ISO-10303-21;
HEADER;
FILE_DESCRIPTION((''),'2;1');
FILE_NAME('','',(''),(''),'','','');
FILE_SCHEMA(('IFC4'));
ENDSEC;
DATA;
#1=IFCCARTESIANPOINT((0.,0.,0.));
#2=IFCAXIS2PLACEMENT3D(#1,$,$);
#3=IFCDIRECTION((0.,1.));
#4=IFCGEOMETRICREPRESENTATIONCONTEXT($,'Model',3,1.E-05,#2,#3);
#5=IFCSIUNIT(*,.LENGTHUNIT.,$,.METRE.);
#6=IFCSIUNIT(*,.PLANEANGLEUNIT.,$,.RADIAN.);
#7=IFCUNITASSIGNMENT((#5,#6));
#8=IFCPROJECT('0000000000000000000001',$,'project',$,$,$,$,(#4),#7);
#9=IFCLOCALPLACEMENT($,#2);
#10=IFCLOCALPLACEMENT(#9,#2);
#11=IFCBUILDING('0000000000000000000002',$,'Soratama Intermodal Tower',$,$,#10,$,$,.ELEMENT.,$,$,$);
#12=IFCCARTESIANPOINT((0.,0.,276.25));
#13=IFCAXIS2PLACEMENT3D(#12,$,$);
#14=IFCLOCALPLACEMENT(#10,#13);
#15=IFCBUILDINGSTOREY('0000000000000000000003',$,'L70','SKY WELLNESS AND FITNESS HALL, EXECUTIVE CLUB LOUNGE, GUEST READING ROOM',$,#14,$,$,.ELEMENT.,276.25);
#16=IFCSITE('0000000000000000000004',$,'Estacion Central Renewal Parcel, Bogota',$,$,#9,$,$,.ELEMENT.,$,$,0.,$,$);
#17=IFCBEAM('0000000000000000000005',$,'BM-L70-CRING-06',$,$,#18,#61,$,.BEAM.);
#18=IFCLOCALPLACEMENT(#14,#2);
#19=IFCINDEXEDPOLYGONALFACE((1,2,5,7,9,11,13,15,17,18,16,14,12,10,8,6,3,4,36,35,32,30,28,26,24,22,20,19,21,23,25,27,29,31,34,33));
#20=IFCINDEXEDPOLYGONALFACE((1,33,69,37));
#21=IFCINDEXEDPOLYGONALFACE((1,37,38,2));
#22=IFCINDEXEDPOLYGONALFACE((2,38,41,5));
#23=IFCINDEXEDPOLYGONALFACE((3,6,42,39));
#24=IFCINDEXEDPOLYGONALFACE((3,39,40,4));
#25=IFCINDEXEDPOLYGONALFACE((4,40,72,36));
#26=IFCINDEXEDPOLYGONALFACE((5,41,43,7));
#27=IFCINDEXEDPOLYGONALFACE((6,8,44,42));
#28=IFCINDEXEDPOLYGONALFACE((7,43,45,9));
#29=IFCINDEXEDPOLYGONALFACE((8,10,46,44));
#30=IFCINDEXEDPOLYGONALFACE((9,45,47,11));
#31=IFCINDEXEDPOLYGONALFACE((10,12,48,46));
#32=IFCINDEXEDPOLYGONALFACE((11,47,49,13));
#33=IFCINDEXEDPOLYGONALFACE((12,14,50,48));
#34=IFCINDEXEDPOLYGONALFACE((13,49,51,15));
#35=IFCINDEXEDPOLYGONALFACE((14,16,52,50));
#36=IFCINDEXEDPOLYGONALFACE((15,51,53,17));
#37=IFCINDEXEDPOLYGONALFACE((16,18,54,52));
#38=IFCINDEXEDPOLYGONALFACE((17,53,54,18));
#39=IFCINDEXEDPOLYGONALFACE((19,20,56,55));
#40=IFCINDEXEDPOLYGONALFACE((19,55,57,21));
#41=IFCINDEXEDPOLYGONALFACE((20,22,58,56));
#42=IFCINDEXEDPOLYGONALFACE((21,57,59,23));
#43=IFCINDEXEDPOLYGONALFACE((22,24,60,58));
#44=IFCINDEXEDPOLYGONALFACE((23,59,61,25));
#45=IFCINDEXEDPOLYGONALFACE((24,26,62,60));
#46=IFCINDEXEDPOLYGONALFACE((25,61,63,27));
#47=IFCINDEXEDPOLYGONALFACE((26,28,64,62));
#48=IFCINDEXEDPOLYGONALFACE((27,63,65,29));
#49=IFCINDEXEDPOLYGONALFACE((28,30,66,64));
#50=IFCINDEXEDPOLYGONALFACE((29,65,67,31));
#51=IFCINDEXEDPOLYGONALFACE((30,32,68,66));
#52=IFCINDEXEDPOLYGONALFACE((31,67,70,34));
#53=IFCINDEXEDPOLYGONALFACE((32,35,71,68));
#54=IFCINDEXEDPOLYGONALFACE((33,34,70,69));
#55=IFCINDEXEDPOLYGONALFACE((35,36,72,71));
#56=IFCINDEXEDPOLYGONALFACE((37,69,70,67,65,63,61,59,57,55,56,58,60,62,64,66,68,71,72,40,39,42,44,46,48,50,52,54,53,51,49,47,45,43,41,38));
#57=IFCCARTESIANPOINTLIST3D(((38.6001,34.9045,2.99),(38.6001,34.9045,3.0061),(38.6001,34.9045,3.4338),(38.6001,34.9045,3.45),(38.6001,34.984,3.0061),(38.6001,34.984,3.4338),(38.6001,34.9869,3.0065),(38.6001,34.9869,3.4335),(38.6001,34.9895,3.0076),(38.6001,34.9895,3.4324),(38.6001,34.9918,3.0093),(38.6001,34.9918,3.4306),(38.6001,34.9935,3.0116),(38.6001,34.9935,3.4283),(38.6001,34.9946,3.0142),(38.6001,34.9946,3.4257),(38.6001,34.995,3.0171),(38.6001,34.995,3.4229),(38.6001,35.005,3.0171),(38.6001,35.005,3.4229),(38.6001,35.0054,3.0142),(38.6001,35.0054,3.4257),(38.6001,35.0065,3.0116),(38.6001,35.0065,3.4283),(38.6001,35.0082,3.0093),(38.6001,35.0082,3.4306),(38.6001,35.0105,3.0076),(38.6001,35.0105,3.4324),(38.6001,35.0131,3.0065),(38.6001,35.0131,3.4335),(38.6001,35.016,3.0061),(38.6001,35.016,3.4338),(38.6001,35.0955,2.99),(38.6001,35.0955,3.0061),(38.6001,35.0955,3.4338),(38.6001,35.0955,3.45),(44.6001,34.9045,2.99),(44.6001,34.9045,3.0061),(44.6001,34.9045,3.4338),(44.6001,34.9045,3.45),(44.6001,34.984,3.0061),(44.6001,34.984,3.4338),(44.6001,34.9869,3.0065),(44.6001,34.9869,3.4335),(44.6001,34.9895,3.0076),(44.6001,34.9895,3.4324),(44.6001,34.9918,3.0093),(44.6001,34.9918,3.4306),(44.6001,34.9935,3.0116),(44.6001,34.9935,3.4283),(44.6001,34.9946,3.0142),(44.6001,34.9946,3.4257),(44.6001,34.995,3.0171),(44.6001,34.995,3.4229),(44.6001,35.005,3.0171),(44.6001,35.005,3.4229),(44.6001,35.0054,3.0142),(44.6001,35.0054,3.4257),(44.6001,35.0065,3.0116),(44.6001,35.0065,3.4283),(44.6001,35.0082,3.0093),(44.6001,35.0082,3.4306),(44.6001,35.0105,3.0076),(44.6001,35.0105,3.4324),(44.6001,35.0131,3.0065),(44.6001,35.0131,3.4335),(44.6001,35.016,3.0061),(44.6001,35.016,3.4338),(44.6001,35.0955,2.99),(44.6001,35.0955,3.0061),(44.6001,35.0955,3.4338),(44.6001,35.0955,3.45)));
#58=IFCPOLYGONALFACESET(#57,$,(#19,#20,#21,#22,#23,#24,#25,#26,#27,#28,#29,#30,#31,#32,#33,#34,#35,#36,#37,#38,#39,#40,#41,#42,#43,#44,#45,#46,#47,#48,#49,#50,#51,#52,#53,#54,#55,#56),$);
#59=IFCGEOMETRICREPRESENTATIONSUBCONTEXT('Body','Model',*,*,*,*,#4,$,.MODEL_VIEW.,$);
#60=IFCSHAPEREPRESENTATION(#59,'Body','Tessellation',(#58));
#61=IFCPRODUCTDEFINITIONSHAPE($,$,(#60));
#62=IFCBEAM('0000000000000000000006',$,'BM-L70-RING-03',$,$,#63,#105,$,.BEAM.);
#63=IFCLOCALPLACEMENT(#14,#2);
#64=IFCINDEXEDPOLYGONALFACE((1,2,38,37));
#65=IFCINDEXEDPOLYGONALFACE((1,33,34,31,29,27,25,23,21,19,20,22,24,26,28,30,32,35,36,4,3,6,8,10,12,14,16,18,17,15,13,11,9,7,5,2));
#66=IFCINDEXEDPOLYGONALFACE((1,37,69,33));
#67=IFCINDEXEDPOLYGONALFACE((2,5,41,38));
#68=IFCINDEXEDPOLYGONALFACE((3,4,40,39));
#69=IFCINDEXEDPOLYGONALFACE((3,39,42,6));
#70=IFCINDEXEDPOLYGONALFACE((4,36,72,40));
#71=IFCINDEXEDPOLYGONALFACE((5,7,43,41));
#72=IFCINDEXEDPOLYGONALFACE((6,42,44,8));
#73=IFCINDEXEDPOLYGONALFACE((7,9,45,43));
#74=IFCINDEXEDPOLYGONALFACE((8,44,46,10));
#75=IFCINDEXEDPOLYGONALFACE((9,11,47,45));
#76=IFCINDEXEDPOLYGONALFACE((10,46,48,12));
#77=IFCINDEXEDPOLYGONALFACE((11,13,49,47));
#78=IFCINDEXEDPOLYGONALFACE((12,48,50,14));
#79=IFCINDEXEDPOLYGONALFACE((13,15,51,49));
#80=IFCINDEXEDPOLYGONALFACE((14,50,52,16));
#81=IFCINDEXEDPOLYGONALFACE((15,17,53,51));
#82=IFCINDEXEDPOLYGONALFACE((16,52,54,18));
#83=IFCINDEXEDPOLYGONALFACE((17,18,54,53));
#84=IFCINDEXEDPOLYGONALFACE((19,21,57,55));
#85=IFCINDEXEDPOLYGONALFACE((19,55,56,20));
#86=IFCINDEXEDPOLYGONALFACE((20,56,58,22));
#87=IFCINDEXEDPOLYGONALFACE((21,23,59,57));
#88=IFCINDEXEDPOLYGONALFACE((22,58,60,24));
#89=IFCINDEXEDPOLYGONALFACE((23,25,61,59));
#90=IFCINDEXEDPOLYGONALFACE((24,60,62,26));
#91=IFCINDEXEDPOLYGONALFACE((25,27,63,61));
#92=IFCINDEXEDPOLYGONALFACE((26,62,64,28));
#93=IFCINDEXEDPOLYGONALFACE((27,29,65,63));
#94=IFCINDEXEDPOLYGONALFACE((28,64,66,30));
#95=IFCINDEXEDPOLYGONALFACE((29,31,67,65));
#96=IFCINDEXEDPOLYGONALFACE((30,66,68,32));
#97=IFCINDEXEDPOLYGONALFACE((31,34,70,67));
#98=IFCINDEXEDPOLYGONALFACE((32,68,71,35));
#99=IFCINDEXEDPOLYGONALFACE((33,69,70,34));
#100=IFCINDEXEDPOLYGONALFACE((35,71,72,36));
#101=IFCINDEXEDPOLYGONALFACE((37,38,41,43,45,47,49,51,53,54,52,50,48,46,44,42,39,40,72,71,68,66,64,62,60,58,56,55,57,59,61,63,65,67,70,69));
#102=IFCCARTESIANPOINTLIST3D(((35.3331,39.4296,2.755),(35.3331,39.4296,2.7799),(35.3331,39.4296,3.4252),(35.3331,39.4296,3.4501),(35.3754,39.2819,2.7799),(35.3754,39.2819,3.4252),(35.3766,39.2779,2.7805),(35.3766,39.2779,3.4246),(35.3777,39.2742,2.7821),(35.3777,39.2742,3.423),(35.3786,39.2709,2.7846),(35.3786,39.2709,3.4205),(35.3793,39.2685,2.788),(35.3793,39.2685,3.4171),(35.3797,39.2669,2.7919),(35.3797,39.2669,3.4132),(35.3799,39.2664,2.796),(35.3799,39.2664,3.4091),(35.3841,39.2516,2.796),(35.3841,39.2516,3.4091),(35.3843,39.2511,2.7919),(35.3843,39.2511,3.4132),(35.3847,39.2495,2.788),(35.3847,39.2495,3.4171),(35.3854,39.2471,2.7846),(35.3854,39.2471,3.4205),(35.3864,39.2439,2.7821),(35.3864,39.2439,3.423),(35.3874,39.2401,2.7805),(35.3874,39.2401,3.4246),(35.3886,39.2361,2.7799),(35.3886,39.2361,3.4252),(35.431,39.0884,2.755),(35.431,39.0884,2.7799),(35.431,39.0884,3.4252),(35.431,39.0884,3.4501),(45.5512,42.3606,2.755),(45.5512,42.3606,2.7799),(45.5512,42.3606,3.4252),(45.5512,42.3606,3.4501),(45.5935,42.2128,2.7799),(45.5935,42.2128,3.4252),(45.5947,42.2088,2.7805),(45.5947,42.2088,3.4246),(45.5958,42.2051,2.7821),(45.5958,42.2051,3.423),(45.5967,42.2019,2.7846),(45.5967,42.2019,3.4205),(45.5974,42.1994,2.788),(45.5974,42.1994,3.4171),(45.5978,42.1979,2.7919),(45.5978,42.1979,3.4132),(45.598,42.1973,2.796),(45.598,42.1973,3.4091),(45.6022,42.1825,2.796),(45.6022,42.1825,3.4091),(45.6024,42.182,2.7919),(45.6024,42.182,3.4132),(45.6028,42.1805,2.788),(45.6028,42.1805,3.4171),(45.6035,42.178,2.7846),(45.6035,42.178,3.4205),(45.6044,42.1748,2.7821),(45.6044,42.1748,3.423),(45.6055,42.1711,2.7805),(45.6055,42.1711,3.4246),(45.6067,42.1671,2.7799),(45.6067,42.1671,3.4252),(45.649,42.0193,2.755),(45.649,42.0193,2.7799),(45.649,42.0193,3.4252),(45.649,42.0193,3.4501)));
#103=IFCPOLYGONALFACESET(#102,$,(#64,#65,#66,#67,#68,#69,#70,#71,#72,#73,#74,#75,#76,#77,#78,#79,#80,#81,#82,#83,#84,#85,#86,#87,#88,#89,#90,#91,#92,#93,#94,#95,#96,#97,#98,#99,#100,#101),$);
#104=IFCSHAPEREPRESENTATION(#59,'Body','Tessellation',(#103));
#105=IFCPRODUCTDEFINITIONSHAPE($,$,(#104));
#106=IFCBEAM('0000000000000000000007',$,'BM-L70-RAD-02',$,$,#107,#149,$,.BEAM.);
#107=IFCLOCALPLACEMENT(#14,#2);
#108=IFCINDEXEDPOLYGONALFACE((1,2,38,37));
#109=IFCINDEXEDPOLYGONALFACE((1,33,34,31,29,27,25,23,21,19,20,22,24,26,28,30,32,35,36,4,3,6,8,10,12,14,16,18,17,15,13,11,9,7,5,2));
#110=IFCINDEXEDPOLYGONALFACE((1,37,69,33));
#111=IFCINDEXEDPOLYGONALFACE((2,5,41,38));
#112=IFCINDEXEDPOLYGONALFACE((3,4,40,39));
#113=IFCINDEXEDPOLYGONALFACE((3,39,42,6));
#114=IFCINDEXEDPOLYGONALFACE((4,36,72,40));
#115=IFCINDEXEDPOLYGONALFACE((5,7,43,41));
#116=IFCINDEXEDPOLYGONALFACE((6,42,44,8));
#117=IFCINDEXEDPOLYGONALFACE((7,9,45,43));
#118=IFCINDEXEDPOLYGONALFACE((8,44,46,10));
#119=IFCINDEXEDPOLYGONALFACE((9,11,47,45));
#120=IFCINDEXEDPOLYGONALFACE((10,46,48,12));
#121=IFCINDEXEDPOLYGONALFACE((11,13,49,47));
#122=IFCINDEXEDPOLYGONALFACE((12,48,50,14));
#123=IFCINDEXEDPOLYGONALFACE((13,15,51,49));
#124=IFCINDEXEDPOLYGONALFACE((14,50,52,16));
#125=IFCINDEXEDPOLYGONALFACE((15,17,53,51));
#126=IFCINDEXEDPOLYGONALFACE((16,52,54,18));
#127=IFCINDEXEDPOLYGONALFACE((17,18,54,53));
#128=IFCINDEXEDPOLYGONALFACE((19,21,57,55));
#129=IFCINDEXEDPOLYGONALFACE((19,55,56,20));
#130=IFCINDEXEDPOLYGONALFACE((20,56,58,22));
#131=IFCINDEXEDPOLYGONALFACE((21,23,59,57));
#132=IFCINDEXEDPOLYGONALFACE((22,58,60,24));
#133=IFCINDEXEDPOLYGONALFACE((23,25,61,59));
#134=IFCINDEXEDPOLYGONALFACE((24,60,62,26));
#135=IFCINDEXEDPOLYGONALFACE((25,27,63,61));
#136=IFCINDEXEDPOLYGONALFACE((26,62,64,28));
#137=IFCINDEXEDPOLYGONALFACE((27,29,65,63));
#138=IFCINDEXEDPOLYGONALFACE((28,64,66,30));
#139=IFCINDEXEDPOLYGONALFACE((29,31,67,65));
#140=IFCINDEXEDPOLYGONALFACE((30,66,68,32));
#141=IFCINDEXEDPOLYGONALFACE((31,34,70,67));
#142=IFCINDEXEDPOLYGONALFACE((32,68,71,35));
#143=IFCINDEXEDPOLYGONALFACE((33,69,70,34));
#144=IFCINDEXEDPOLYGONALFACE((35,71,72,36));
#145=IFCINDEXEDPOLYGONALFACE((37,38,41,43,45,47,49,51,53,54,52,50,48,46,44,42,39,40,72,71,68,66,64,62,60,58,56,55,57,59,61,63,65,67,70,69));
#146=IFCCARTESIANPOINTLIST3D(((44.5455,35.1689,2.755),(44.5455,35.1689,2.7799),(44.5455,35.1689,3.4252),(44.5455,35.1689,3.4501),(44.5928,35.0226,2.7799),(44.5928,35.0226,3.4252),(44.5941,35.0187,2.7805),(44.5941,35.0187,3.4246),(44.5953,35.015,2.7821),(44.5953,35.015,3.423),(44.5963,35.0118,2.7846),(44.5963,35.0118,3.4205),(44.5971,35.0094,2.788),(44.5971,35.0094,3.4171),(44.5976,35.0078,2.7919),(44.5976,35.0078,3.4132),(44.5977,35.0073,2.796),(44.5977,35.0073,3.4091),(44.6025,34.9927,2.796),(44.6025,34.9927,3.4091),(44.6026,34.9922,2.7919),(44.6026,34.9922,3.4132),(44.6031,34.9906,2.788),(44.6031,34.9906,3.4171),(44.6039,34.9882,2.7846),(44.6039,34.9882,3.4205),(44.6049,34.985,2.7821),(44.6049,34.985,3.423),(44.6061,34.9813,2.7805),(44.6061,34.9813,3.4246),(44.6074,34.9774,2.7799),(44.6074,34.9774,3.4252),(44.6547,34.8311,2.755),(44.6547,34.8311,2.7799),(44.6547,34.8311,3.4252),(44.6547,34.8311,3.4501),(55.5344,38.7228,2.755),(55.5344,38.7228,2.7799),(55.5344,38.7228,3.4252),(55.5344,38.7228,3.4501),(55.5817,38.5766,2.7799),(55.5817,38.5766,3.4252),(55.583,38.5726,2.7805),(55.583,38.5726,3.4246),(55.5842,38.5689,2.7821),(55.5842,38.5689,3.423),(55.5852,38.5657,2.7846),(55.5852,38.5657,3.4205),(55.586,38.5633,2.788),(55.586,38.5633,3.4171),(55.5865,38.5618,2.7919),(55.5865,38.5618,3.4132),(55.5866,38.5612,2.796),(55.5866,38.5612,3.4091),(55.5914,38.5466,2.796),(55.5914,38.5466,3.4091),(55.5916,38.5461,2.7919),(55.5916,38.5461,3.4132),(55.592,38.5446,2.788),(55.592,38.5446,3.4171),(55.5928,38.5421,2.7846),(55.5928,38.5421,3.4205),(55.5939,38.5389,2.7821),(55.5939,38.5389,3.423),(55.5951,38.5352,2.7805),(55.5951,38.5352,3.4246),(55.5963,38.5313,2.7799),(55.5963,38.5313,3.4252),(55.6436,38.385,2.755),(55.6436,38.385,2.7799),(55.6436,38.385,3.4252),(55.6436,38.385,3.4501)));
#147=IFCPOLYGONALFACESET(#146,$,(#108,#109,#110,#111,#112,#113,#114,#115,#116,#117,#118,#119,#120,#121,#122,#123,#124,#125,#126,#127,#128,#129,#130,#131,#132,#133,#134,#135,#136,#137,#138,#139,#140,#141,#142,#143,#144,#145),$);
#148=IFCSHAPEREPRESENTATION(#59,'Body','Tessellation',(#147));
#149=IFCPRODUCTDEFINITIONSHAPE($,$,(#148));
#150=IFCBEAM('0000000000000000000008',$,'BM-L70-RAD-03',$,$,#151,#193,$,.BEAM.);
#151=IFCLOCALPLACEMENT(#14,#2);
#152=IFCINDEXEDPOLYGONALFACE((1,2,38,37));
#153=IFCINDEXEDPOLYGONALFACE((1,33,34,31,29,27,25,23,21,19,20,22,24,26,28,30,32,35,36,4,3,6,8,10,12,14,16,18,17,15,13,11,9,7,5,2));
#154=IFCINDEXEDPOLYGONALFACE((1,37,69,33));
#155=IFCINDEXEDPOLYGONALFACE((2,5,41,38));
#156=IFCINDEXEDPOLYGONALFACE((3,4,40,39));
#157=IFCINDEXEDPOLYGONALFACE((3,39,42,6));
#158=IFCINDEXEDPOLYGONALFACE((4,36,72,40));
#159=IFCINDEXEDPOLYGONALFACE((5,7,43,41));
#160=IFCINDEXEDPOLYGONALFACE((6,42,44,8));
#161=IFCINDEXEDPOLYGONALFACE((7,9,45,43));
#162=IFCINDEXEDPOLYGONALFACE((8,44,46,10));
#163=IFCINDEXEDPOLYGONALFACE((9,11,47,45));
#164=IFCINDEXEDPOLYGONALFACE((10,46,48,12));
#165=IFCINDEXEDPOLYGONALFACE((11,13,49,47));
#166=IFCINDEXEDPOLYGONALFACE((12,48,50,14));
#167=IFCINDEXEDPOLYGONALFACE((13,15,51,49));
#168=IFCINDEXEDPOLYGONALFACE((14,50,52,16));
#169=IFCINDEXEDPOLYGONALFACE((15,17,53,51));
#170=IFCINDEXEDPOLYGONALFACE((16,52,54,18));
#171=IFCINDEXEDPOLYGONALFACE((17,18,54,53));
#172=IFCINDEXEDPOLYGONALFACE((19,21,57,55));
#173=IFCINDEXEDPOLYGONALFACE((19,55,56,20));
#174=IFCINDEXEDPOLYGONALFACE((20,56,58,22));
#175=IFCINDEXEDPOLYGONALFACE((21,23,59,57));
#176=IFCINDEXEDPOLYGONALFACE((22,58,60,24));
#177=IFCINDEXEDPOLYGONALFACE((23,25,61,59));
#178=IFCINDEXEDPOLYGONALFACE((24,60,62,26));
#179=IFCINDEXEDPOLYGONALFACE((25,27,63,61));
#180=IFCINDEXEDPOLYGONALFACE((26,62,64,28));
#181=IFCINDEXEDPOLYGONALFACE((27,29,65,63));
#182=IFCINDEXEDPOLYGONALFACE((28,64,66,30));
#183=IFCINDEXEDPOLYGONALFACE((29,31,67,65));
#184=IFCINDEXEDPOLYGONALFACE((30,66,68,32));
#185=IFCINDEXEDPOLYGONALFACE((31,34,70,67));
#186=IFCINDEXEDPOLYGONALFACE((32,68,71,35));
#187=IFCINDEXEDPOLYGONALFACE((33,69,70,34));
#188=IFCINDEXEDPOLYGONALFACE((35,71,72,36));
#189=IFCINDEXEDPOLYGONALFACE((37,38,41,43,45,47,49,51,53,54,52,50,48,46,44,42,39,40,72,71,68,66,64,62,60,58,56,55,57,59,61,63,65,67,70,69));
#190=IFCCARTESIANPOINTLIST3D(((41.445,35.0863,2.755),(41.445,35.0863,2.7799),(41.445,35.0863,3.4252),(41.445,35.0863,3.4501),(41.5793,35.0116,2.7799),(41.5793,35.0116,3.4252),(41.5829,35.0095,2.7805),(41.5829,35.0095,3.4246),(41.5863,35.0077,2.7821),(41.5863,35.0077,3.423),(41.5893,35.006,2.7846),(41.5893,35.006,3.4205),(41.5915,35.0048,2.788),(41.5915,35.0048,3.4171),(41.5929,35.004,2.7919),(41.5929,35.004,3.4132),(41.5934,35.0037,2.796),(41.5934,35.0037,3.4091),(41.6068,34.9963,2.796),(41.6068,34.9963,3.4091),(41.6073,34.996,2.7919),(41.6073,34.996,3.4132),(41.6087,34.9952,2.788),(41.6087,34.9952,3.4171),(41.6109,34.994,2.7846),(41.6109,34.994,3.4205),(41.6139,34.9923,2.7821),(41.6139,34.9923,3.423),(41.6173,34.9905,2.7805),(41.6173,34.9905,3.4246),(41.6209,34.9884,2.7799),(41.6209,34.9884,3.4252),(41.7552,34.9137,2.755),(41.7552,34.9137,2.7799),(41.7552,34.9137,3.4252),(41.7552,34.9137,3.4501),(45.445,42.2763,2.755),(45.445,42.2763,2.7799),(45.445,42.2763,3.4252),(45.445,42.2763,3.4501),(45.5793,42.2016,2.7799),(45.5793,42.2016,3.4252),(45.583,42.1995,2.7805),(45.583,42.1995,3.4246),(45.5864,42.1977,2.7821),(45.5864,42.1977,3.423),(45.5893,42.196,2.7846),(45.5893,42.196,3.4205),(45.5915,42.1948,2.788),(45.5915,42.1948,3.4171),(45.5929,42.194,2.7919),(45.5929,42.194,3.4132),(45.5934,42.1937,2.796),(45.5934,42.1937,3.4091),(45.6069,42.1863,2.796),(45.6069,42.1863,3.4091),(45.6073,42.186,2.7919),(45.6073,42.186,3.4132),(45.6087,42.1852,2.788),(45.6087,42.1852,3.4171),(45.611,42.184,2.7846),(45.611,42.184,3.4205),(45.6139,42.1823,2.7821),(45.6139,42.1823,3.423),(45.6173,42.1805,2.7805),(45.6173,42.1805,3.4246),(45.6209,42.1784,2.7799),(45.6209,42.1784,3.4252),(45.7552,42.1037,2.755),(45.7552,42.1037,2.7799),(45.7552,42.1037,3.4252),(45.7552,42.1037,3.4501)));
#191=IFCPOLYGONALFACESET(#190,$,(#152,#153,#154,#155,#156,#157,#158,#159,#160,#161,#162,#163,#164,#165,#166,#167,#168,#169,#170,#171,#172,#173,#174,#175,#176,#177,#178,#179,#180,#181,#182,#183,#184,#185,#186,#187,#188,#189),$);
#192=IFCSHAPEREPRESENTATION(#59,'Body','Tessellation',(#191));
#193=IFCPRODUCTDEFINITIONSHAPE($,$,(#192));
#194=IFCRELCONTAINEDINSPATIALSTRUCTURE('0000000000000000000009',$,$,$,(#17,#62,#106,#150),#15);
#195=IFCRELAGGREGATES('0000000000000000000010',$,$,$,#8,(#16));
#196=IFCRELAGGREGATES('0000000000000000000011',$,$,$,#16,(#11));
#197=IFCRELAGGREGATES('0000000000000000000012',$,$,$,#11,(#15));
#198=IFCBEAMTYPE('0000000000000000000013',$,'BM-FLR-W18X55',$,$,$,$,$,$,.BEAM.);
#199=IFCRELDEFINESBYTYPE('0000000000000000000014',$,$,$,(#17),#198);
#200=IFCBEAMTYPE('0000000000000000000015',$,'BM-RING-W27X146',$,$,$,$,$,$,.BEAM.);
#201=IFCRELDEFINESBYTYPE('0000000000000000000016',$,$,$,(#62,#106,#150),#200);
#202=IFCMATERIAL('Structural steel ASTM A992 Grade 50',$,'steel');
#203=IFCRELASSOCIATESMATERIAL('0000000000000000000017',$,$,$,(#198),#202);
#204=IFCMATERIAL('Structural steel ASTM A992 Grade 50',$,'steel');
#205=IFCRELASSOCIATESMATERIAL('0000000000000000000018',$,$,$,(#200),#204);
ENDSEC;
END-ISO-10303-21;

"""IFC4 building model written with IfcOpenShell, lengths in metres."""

from ifc_helpers import new_model, si_unit, direction, frame, origin, origin_2d, place, context, subcontext, project, spatial, i_section, extrude, material, material_profile, profile_set, type_object, element, save


model = new_model("IFC4")

# Units and contexts
model_context = context("Model", 3, precision=1e-05, world=origin(), true_north=direction((0.0, 1.0)))
body_context = subcontext(model_context, "Body", "Model", "MODEL_VIEW")
ifc_project = project(units=[si_unit("LENGTHUNIT", "METRE"), si_unit("PLANEANGLEUNIT", "RADIAN")], contexts=[model_context])

# Site, building, storey
site_placement = place(None, origin())
site = spatial("IfcSite", under=ifc_project, at=site_placement, Name="Estacion Central Renewal Parcel, Bogota", CompositionType="ELEMENT", RefElevation=0.0)
building_placement = place(site_placement, origin())
building = spatial("IfcBuilding", under=site, at=building_placement, Name="Soratama Intermodal Tower", CompositionType="ELEMENT")
storey_placement = place(building_placement, frame((0.0, 0.0, 276.25)))
storey = spatial("IfcBuildingStorey", under=building, at=storey_placement, Name="L70", Description="SKY WELLNESS AND FITNESS HALL, EXECUTIVE CLUB LOUNGE, GUEST READING ROOM", CompositionType="ELEMENT", Elevation=276.25)

# Beams
ifc_material_1 = material(Name="Structural steel ASTM A992 Grade 50", Category="steel")
ifc_material_profile_1 = material_profile(ifc_material_1, i_section(OverallWidth=0.1909, OverallDepth=0.46, WebThickness=0.01, FlangeThickness=0.0161, FilletRadius=0.011, at=origin_2d()), Name="W18X55")
ifc_profile_set_1 = profile_set([ifc_material_profile_1], Name="Structural steel ASTM A992 Grade 50")
beam_type_1 = type_object("IfcBeamType", Name="BM-FLR-W18X55", PredefinedType="BEAM", material=ifc_profile_set_1)
beam_1_placement = place(storey_placement, frame((44.6001, 35.0, 3.22), z_axis=(-1.0, 0.0, 0.0), x_axis=(0.0, -1.0, 0.0)))
element("IfcBeam", 1, at=beam_1_placement, inside=storey, type_object=beam_type_1, Name="BM-L70-CRING-06", PredefinedType="BEAM", context=body_context, shape_type="SweptSolid", body=[
    extrude(i_section(OverallWidth=0.1909, OverallDepth=0.46, WebThickness=0.01, FlangeThickness=0.0161, FilletRadius=0.011, at=origin_2d()), origin(), (0.0, 0.0, 1.0), 6.0),
])
ifc_material_2 = material(Name="Structural steel ASTM A992 Grade 50", Category="steel")
ifc_material_profile_2 = material_profile(ifc_material_2, i_section(OverallWidth=0.355, OverallDepth=0.6951, WebThickness=0.0154, FlangeThickness=0.0249, FilletRadius=0.0161, at=origin_2d()), Name="W27X146")
ifc_profile_set_2 = profile_set([ifc_material_profile_2], Name="Structural steel ASTM A992 Grade 50")
beam_type_2 = type_object("IfcBeamType", Name="BM-RING-W27X146", PredefinedType="BEAM", material=ifc_profile_set_2)
beam_2_placement = place(storey_placement, frame((45.6001, 42.1899, 3.1025), z_axis=(-0.961238, -0.275719, 0.0), x_axis=(0.275719, -0.961238, 0.0)))
element("IfcBeam", 2, at=beam_2_placement, inside=storey, type_object=beam_type_2, Name="BM-L70-RING-03", PredefinedType="BEAM", context=body_context, shape_type="SweptSolid", body=[
    extrude(i_section(OverallWidth=0.355, OverallDepth=0.6951, WebThickness=0.0154, FlangeThickness=0.0249, FilletRadius=0.0161, at=origin_2d()), origin(), (0.0, 0.0, 1.0), 10.6301),
])
beam_3_placement = place(storey_placement, frame((44.6001, 35.0, 3.1025), z_axis=(0.951478, 0.307717, 0.0), x_axis=(-0.307717, 0.951478, 0.0)))
element("IfcBeam", 3, at=beam_3_placement, inside=storey, type_object=beam_type_2, Name="BM-L70-RAD-02", PredefinedType="BEAM", context=body_context, shape_type="SweptSolid", body=[
    extrude(i_section(OverallWidth=0.355, OverallDepth=0.6951, WebThickness=0.0154, FlangeThickness=0.0249, FilletRadius=0.0161, at=origin_2d()), origin(), (0.0, 0.0, 1.0), 11.5493),
])
beam_4_placement = place(storey_placement, frame((41.6001, 35.0, 3.1025), z_axis=(0.486162, 0.873869, 0.0), x_axis=(-0.873869, 0.486162, 0.0)))
element("IfcBeam", 4, at=beam_4_placement, inside=storey, type_object=beam_type_2, Name="BM-L70-RAD-03", PredefinedType="BEAM", context=body_context, shape_type="SweptSolid", body=[
    extrude(i_section(OverallWidth=0.355, OverallDepth=0.6951, WebThickness=0.0154, FlangeThickness=0.0249, FilletRadius=0.0161, at=origin_2d()), origin(), (0.0, 0.0, 1.0), 8.2278),
])

save(model, "model.ifc")
